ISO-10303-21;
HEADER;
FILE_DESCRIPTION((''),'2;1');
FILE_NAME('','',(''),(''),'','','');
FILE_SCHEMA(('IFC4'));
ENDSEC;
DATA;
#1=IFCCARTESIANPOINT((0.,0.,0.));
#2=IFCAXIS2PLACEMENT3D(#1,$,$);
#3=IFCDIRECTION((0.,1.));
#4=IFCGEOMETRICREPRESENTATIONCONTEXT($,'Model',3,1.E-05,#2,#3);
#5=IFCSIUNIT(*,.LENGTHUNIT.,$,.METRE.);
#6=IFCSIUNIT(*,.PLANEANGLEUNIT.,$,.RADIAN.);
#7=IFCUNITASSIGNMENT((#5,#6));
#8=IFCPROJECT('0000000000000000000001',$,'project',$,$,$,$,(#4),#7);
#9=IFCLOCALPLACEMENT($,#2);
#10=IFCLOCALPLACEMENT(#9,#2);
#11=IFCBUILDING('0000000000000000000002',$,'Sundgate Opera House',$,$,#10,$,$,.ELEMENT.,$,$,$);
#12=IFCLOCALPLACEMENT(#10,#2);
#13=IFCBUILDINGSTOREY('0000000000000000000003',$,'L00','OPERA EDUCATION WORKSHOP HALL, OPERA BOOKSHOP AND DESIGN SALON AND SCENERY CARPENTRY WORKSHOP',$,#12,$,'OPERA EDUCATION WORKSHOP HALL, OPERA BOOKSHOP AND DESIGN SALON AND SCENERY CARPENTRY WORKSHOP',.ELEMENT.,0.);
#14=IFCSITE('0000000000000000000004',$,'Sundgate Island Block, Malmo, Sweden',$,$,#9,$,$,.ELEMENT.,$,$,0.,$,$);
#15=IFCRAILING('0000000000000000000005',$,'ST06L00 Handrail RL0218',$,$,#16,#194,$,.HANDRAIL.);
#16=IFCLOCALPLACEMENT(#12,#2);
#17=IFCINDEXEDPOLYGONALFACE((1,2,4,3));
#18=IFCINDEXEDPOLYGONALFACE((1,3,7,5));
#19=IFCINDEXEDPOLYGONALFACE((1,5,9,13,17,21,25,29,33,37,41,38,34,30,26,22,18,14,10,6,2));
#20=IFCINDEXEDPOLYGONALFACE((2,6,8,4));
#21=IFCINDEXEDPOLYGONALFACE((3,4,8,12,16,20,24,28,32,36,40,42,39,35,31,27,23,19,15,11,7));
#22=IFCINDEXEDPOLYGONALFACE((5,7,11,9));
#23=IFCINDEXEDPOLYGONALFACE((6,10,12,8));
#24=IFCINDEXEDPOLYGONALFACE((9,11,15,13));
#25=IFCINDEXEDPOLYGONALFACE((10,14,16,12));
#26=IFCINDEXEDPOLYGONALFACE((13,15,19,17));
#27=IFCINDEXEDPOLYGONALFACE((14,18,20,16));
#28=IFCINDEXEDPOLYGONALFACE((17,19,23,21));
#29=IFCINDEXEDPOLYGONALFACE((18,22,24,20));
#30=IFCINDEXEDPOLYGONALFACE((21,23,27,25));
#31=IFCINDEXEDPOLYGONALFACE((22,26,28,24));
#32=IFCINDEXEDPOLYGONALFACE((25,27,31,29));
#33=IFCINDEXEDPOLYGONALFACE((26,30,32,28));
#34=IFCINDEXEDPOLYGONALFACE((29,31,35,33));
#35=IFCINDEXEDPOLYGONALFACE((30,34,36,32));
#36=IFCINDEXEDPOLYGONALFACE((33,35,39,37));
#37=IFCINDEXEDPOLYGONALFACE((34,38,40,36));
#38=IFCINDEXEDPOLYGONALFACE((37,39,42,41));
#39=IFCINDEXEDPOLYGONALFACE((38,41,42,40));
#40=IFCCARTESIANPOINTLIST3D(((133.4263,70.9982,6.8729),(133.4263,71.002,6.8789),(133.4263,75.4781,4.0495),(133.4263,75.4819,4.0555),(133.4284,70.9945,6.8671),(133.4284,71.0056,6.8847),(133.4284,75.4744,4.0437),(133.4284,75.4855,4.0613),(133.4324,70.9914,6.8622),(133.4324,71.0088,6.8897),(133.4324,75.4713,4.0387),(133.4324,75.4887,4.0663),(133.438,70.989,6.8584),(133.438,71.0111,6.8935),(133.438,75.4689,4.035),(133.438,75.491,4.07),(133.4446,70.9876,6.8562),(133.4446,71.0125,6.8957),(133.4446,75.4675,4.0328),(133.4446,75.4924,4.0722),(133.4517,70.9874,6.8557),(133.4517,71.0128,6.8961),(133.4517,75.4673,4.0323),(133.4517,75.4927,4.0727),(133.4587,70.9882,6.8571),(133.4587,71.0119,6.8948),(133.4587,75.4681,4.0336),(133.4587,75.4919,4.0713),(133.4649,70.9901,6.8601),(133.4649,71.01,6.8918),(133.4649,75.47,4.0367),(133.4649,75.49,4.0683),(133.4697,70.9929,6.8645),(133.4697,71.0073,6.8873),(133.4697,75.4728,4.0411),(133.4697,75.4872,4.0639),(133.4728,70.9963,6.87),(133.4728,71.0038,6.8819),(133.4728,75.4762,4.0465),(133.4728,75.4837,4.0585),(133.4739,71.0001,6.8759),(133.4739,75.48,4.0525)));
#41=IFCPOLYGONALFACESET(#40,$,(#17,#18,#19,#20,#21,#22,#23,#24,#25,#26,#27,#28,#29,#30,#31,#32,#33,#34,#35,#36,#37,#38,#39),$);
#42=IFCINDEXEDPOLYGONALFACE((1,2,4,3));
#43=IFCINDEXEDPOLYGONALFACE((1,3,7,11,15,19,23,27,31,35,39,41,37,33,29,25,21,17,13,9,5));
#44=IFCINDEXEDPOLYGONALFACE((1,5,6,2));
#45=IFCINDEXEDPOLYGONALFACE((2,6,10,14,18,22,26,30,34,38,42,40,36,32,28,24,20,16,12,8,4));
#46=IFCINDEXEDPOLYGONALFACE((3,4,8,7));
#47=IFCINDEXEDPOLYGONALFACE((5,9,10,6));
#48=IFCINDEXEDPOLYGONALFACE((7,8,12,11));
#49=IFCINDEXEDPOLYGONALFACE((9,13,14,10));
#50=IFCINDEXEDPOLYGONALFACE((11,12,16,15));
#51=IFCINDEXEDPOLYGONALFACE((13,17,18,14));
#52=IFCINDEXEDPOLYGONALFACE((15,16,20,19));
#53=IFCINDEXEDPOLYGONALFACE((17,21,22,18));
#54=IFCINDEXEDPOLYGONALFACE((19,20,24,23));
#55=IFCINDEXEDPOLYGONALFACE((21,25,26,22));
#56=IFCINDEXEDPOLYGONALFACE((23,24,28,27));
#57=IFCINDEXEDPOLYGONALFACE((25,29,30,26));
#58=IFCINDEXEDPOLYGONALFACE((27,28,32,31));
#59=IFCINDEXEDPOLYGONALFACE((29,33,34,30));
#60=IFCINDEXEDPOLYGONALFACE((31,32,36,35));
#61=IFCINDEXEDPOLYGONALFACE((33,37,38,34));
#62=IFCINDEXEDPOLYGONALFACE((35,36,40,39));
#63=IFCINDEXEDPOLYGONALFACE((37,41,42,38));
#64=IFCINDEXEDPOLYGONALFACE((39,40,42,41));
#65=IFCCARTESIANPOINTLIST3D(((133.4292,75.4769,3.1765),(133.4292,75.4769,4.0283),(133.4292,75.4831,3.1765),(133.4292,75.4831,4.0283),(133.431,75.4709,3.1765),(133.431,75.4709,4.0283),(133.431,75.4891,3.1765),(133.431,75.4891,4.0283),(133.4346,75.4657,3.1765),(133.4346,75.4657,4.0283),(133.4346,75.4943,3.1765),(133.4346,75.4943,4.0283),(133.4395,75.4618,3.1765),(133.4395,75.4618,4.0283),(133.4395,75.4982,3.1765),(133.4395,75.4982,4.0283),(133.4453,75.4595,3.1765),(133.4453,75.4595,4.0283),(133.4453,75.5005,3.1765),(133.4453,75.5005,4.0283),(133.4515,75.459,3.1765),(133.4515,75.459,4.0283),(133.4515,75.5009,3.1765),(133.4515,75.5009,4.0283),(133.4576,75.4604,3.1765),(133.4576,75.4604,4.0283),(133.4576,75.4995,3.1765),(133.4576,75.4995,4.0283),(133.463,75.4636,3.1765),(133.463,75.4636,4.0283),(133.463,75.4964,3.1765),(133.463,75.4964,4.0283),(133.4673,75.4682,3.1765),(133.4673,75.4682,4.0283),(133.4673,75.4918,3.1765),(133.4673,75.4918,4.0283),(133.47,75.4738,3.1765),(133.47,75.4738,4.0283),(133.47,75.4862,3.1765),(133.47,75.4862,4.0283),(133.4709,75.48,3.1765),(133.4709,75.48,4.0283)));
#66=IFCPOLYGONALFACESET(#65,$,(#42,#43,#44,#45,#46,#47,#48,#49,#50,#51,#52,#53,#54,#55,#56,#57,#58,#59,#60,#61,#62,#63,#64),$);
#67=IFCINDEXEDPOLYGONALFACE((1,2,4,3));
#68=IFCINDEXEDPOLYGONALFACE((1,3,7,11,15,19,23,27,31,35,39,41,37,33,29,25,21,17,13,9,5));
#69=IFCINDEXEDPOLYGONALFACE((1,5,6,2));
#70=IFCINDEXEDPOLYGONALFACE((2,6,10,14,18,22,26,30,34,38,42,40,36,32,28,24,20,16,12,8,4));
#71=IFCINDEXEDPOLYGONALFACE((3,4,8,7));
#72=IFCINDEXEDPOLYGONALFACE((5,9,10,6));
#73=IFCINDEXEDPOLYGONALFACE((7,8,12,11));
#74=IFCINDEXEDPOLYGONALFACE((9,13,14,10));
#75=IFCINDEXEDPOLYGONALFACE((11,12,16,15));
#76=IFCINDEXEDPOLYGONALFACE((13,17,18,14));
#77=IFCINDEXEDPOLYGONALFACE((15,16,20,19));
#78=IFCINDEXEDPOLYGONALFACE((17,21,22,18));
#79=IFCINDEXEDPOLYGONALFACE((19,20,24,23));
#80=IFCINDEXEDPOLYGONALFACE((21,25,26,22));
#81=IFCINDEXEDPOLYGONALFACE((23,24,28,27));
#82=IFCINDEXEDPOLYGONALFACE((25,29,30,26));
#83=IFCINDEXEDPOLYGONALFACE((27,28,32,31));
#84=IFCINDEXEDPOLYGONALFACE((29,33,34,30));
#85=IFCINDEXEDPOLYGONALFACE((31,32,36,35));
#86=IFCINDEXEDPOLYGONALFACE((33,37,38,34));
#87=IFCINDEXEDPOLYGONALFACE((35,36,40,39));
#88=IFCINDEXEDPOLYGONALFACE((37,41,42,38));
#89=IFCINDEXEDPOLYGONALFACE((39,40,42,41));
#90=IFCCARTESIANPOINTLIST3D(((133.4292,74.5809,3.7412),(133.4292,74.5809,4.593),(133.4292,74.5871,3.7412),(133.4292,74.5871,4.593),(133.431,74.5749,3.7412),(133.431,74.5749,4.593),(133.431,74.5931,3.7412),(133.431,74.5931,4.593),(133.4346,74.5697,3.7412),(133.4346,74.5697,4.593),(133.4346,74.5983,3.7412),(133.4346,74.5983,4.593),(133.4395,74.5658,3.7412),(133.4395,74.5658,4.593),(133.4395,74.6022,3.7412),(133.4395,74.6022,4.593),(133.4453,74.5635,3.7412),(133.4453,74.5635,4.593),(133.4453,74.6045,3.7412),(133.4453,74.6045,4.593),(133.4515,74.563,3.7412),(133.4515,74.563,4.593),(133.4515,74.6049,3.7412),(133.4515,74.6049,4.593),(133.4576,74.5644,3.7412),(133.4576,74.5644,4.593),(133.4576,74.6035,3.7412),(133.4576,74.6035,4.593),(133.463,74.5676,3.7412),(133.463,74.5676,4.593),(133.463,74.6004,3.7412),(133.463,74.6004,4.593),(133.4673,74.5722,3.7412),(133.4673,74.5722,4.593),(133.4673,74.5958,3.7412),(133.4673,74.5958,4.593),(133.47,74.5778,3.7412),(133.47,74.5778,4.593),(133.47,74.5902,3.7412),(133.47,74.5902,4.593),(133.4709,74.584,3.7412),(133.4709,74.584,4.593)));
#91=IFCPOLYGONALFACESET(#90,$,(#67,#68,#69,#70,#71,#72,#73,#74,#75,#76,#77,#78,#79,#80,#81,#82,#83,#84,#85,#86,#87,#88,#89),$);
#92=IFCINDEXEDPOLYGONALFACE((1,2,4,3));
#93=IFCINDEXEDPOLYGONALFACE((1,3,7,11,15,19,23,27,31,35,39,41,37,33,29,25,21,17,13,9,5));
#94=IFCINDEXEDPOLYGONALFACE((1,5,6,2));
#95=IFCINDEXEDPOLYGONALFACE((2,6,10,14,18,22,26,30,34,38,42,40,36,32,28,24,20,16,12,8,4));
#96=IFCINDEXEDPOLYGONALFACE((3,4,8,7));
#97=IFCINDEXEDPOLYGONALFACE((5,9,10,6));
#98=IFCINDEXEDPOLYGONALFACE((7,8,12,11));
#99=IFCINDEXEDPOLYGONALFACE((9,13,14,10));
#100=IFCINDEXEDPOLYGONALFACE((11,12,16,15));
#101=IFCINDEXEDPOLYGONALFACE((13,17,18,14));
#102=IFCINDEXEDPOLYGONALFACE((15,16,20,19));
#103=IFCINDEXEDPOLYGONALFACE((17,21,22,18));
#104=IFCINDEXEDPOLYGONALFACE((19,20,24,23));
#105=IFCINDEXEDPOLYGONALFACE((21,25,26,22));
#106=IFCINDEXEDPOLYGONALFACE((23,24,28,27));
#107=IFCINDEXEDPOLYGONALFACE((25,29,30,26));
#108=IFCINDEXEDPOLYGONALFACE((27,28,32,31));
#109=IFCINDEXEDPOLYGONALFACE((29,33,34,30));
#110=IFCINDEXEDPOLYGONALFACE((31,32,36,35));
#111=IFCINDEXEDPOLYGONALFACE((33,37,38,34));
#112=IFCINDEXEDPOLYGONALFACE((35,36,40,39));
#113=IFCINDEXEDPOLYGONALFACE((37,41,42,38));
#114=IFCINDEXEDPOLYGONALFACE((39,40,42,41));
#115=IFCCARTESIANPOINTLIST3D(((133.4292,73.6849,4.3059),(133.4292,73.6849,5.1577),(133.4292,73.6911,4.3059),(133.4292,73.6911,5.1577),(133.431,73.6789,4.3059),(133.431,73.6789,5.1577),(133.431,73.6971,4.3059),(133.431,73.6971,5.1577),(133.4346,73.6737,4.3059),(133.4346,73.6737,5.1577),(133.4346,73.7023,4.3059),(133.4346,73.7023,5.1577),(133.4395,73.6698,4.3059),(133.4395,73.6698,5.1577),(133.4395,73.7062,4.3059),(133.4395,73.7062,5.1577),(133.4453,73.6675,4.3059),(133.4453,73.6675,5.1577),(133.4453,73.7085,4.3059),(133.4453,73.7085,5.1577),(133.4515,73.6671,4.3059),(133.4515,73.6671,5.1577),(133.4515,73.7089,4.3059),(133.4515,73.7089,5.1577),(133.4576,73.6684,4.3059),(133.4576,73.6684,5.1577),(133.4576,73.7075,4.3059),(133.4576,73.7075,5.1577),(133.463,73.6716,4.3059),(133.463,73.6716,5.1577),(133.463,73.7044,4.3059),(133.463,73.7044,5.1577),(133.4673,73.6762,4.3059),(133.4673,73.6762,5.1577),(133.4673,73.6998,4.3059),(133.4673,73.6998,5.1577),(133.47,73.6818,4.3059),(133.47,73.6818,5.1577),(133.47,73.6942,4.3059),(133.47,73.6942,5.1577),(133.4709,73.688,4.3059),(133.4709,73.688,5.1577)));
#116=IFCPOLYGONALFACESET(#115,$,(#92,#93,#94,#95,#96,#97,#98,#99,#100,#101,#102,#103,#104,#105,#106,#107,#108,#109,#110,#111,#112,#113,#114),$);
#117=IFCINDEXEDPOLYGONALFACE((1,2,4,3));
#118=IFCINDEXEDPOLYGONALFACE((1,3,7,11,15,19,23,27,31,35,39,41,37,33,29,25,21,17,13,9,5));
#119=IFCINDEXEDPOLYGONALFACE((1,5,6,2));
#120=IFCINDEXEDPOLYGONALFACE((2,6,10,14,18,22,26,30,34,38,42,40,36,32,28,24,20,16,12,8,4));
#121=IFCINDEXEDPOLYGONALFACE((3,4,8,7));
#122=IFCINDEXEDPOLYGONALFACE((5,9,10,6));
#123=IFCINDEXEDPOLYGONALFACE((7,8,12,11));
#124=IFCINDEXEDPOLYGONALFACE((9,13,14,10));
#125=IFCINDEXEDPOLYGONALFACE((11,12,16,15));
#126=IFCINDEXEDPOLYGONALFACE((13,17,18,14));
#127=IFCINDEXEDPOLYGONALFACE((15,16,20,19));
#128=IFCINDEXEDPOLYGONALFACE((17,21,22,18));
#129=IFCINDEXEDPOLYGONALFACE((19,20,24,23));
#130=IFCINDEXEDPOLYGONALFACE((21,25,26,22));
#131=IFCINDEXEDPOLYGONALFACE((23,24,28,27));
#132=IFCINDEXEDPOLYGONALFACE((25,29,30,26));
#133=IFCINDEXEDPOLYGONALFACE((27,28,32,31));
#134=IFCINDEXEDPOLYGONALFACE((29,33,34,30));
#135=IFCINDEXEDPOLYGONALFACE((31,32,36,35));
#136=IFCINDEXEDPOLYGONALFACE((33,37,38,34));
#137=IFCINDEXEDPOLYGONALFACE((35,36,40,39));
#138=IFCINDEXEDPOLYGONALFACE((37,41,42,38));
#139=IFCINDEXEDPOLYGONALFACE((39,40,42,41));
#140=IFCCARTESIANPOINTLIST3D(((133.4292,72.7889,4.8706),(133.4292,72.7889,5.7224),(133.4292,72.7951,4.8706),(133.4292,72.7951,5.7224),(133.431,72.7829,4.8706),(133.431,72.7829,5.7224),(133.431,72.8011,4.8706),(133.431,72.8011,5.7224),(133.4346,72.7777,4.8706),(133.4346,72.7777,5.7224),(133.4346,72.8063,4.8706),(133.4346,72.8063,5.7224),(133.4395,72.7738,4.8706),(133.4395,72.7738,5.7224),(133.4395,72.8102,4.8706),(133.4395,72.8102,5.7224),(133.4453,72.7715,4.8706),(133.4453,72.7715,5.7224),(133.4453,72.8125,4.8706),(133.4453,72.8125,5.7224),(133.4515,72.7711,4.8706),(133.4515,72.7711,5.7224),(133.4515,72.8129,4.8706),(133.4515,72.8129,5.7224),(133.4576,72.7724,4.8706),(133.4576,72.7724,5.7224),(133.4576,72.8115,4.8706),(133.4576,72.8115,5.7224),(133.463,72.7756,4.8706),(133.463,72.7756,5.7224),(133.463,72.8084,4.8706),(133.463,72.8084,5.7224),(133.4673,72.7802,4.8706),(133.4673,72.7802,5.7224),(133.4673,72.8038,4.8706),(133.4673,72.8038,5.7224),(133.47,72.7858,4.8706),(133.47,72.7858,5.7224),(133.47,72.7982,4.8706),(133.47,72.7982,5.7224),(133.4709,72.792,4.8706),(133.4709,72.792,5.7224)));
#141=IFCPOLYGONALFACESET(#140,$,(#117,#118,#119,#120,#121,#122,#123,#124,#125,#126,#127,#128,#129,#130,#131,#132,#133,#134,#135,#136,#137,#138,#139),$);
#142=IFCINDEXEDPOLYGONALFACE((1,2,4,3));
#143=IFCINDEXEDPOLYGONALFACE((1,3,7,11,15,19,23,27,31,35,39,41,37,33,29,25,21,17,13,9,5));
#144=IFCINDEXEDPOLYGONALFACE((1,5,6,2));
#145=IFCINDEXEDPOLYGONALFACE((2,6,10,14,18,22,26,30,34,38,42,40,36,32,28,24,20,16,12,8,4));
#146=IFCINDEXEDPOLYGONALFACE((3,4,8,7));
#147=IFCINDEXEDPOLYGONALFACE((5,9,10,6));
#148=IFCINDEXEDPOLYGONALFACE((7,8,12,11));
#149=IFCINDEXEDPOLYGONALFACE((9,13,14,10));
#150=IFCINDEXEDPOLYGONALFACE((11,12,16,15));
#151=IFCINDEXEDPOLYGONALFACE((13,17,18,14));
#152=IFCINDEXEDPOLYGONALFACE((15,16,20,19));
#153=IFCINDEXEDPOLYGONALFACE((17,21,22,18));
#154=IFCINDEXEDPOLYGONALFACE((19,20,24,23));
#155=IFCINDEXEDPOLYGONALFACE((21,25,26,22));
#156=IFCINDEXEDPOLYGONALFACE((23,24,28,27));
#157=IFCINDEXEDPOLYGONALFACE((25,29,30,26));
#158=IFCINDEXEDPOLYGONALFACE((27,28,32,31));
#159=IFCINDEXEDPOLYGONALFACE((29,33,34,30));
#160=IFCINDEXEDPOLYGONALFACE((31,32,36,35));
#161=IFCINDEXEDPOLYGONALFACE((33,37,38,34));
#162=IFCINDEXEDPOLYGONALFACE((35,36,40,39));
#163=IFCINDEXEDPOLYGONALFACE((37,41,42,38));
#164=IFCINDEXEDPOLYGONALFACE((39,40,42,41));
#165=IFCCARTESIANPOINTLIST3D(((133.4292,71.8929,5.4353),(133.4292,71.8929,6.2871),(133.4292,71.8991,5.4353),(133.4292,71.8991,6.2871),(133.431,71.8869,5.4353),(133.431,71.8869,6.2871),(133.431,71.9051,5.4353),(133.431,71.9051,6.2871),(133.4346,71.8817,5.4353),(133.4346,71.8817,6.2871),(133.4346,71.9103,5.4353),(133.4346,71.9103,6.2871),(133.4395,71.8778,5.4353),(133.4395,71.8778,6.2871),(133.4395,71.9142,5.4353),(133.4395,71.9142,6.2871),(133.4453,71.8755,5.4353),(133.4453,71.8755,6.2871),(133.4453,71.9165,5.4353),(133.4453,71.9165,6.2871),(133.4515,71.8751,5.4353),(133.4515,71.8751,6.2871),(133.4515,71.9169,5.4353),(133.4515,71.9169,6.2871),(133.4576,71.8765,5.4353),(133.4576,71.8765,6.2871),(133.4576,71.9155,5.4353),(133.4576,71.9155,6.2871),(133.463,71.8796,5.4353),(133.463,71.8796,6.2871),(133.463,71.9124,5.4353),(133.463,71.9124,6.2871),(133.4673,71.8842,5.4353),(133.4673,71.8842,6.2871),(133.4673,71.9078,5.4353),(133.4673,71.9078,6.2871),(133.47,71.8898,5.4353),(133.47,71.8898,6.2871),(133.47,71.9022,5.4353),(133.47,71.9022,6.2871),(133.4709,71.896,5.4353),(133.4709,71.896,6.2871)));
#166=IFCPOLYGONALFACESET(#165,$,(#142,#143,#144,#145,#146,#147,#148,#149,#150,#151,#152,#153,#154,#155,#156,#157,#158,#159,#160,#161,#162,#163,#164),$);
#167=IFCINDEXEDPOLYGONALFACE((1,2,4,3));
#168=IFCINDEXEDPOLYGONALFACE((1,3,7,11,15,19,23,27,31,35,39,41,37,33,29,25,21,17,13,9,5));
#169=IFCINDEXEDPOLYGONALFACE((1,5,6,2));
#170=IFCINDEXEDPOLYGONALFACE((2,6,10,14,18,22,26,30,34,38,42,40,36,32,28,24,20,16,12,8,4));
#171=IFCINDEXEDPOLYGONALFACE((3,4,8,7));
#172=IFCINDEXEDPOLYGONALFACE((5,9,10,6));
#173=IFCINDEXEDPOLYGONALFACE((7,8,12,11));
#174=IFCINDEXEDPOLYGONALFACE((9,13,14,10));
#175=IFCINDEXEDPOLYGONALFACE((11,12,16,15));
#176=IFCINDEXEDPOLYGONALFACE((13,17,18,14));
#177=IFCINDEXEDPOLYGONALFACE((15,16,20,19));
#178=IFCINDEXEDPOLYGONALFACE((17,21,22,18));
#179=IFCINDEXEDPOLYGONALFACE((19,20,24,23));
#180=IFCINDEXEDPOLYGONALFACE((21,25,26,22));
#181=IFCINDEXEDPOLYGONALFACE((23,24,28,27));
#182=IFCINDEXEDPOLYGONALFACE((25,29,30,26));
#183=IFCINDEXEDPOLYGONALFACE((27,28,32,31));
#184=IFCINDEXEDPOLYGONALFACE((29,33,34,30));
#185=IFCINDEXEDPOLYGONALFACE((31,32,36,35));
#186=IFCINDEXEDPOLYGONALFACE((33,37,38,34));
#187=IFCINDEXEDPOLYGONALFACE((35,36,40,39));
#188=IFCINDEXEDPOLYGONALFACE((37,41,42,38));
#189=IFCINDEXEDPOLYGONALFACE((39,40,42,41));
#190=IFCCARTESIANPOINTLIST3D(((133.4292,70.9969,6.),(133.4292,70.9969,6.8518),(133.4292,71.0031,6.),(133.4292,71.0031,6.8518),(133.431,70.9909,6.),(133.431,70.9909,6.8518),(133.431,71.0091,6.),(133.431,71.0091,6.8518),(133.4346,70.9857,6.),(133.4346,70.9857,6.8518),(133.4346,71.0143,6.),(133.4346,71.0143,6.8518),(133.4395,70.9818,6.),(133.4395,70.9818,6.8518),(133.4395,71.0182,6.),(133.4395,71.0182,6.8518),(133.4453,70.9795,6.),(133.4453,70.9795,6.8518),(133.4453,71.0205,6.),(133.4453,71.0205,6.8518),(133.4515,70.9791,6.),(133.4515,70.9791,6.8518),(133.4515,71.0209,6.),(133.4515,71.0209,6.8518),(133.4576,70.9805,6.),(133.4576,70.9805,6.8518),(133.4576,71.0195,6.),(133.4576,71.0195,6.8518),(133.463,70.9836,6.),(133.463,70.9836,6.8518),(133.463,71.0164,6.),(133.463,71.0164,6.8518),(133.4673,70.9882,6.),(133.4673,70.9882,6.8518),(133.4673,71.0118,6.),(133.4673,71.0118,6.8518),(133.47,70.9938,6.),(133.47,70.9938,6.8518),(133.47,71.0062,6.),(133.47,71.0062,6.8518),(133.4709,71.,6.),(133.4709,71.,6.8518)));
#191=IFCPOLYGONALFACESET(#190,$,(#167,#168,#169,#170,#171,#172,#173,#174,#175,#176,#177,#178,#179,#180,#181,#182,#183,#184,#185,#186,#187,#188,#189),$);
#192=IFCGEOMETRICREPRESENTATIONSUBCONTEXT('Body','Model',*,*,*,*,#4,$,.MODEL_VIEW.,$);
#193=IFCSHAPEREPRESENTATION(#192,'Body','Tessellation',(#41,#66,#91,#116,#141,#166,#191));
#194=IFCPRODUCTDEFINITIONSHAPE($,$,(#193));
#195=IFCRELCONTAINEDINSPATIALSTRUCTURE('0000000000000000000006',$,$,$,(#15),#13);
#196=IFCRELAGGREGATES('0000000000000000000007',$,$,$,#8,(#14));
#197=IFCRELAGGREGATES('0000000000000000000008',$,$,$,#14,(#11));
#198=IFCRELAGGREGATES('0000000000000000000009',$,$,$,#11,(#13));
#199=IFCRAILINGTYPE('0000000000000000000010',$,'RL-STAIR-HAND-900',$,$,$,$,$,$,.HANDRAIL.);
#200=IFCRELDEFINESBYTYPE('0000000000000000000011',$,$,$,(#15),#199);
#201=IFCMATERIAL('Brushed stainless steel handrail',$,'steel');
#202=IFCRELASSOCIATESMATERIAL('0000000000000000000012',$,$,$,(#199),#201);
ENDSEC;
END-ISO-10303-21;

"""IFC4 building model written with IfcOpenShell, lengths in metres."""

from ifc_helpers import new_model, si_unit, direction, frame, origin, origin_2d, place, context, subcontext, project, spatial, circle, extrude, material, type_object, element, save


model = new_model("IFC4")

# Units and contexts
model_context = context("Model", 3, precision=1e-05, world=origin(), true_north=direction((0.0, 1.0)))
body_context = subcontext(model_context, "Body", "Model", "MODEL_VIEW")
ifc_project = project(units=[si_unit("LENGTHUNIT", "METRE"), si_unit("PLANEANGLEUNIT", "RADIAN")], contexts=[model_context])

# Site, building, storey
site_placement = place(None, origin())
site = spatial("IfcSite", under=ifc_project, at=site_placement, Name="Sundgate Island Block, Malmo, Sweden", CompositionType="ELEMENT", RefElevation=0.0)
building_placement = place(site_placement, origin())
building = spatial("IfcBuilding", under=site, at=building_placement, Name="Sundgate Opera House", CompositionType="ELEMENT")
storey_placement = place(building_placement, origin())
storey = spatial("IfcBuildingStorey", under=building, at=storey_placement, Name="L00", Description="OPERA EDUCATION WORKSHOP HALL, OPERA BOOKSHOP AND DESIGN SALON AND SCENERY CARPENTRY WORKSHOP", LongName="OPERA EDUCATION WORKSHOP HALL, OPERA BOOKSHOP AND DESIGN SALON AND SCENERY CARPENTRY WORKSHOP", CompositionType="ELEMENT", Elevation=0.0)

# Railing
ifc_material_1 = material(Name="Brushed stainless steel handrail", Category="steel")
railing_type_1 = type_object("IfcRailingType", Name="RL-STAIR-HAND-900", PredefinedType="HANDRAIL", material=ifc_material_1)
railing_1_placement = place(storey_placement, frame((133.45, 75.48, 3.1765)))
element("IfcRailing", 1, at=railing_1_placement, inside=storey, type_object=railing_type_1, Name="ST06L00 Handrail RL0218", PredefinedType="HANDRAIL", context=body_context, shape_type="SweptSolid", body=[
    extrude(circle(Radius=0.0239, at=origin_2d()), frame((0.0, 0.0, 0.876), z_axis=(0.0, -0.845998, 0.533186), x_axis=(1.0, 0.0, 0.0)), (0.0, 0.0, 1.0), 5.2954),
    extrude(circle(Radius=0.021, at=origin_2d()), origin(), (0.0, 0.0, 1.0), 0.8518),
    extrude(circle(Radius=0.021, at=origin_2d()), frame((0.0, -0.896, 0.5647)), (0.0, 0.0, 1.0), 0.8518),
    extrude(circle(Radius=0.021, at=origin_2d()), frame((0.0, -1.792, 1.1294)), (0.0, 0.0, 1.0), 0.8518),
    extrude(circle(Radius=0.021, at=origin_2d()), frame((0.0, -2.688, 1.6941)), (0.0, 0.0, 1.0), 0.8518),
    extrude(circle(Radius=0.021, at=origin_2d()), frame((0.0, -3.584, 2.2588)), (0.0, 0.0, 1.0), 0.8518),
    extrude(circle(Radius=0.021, at=origin_2d()), frame((0.0, -4.48, 2.8235)), (0.0, 0.0, 1.0), 0.8518),
])

save(model, "model.ifc")
